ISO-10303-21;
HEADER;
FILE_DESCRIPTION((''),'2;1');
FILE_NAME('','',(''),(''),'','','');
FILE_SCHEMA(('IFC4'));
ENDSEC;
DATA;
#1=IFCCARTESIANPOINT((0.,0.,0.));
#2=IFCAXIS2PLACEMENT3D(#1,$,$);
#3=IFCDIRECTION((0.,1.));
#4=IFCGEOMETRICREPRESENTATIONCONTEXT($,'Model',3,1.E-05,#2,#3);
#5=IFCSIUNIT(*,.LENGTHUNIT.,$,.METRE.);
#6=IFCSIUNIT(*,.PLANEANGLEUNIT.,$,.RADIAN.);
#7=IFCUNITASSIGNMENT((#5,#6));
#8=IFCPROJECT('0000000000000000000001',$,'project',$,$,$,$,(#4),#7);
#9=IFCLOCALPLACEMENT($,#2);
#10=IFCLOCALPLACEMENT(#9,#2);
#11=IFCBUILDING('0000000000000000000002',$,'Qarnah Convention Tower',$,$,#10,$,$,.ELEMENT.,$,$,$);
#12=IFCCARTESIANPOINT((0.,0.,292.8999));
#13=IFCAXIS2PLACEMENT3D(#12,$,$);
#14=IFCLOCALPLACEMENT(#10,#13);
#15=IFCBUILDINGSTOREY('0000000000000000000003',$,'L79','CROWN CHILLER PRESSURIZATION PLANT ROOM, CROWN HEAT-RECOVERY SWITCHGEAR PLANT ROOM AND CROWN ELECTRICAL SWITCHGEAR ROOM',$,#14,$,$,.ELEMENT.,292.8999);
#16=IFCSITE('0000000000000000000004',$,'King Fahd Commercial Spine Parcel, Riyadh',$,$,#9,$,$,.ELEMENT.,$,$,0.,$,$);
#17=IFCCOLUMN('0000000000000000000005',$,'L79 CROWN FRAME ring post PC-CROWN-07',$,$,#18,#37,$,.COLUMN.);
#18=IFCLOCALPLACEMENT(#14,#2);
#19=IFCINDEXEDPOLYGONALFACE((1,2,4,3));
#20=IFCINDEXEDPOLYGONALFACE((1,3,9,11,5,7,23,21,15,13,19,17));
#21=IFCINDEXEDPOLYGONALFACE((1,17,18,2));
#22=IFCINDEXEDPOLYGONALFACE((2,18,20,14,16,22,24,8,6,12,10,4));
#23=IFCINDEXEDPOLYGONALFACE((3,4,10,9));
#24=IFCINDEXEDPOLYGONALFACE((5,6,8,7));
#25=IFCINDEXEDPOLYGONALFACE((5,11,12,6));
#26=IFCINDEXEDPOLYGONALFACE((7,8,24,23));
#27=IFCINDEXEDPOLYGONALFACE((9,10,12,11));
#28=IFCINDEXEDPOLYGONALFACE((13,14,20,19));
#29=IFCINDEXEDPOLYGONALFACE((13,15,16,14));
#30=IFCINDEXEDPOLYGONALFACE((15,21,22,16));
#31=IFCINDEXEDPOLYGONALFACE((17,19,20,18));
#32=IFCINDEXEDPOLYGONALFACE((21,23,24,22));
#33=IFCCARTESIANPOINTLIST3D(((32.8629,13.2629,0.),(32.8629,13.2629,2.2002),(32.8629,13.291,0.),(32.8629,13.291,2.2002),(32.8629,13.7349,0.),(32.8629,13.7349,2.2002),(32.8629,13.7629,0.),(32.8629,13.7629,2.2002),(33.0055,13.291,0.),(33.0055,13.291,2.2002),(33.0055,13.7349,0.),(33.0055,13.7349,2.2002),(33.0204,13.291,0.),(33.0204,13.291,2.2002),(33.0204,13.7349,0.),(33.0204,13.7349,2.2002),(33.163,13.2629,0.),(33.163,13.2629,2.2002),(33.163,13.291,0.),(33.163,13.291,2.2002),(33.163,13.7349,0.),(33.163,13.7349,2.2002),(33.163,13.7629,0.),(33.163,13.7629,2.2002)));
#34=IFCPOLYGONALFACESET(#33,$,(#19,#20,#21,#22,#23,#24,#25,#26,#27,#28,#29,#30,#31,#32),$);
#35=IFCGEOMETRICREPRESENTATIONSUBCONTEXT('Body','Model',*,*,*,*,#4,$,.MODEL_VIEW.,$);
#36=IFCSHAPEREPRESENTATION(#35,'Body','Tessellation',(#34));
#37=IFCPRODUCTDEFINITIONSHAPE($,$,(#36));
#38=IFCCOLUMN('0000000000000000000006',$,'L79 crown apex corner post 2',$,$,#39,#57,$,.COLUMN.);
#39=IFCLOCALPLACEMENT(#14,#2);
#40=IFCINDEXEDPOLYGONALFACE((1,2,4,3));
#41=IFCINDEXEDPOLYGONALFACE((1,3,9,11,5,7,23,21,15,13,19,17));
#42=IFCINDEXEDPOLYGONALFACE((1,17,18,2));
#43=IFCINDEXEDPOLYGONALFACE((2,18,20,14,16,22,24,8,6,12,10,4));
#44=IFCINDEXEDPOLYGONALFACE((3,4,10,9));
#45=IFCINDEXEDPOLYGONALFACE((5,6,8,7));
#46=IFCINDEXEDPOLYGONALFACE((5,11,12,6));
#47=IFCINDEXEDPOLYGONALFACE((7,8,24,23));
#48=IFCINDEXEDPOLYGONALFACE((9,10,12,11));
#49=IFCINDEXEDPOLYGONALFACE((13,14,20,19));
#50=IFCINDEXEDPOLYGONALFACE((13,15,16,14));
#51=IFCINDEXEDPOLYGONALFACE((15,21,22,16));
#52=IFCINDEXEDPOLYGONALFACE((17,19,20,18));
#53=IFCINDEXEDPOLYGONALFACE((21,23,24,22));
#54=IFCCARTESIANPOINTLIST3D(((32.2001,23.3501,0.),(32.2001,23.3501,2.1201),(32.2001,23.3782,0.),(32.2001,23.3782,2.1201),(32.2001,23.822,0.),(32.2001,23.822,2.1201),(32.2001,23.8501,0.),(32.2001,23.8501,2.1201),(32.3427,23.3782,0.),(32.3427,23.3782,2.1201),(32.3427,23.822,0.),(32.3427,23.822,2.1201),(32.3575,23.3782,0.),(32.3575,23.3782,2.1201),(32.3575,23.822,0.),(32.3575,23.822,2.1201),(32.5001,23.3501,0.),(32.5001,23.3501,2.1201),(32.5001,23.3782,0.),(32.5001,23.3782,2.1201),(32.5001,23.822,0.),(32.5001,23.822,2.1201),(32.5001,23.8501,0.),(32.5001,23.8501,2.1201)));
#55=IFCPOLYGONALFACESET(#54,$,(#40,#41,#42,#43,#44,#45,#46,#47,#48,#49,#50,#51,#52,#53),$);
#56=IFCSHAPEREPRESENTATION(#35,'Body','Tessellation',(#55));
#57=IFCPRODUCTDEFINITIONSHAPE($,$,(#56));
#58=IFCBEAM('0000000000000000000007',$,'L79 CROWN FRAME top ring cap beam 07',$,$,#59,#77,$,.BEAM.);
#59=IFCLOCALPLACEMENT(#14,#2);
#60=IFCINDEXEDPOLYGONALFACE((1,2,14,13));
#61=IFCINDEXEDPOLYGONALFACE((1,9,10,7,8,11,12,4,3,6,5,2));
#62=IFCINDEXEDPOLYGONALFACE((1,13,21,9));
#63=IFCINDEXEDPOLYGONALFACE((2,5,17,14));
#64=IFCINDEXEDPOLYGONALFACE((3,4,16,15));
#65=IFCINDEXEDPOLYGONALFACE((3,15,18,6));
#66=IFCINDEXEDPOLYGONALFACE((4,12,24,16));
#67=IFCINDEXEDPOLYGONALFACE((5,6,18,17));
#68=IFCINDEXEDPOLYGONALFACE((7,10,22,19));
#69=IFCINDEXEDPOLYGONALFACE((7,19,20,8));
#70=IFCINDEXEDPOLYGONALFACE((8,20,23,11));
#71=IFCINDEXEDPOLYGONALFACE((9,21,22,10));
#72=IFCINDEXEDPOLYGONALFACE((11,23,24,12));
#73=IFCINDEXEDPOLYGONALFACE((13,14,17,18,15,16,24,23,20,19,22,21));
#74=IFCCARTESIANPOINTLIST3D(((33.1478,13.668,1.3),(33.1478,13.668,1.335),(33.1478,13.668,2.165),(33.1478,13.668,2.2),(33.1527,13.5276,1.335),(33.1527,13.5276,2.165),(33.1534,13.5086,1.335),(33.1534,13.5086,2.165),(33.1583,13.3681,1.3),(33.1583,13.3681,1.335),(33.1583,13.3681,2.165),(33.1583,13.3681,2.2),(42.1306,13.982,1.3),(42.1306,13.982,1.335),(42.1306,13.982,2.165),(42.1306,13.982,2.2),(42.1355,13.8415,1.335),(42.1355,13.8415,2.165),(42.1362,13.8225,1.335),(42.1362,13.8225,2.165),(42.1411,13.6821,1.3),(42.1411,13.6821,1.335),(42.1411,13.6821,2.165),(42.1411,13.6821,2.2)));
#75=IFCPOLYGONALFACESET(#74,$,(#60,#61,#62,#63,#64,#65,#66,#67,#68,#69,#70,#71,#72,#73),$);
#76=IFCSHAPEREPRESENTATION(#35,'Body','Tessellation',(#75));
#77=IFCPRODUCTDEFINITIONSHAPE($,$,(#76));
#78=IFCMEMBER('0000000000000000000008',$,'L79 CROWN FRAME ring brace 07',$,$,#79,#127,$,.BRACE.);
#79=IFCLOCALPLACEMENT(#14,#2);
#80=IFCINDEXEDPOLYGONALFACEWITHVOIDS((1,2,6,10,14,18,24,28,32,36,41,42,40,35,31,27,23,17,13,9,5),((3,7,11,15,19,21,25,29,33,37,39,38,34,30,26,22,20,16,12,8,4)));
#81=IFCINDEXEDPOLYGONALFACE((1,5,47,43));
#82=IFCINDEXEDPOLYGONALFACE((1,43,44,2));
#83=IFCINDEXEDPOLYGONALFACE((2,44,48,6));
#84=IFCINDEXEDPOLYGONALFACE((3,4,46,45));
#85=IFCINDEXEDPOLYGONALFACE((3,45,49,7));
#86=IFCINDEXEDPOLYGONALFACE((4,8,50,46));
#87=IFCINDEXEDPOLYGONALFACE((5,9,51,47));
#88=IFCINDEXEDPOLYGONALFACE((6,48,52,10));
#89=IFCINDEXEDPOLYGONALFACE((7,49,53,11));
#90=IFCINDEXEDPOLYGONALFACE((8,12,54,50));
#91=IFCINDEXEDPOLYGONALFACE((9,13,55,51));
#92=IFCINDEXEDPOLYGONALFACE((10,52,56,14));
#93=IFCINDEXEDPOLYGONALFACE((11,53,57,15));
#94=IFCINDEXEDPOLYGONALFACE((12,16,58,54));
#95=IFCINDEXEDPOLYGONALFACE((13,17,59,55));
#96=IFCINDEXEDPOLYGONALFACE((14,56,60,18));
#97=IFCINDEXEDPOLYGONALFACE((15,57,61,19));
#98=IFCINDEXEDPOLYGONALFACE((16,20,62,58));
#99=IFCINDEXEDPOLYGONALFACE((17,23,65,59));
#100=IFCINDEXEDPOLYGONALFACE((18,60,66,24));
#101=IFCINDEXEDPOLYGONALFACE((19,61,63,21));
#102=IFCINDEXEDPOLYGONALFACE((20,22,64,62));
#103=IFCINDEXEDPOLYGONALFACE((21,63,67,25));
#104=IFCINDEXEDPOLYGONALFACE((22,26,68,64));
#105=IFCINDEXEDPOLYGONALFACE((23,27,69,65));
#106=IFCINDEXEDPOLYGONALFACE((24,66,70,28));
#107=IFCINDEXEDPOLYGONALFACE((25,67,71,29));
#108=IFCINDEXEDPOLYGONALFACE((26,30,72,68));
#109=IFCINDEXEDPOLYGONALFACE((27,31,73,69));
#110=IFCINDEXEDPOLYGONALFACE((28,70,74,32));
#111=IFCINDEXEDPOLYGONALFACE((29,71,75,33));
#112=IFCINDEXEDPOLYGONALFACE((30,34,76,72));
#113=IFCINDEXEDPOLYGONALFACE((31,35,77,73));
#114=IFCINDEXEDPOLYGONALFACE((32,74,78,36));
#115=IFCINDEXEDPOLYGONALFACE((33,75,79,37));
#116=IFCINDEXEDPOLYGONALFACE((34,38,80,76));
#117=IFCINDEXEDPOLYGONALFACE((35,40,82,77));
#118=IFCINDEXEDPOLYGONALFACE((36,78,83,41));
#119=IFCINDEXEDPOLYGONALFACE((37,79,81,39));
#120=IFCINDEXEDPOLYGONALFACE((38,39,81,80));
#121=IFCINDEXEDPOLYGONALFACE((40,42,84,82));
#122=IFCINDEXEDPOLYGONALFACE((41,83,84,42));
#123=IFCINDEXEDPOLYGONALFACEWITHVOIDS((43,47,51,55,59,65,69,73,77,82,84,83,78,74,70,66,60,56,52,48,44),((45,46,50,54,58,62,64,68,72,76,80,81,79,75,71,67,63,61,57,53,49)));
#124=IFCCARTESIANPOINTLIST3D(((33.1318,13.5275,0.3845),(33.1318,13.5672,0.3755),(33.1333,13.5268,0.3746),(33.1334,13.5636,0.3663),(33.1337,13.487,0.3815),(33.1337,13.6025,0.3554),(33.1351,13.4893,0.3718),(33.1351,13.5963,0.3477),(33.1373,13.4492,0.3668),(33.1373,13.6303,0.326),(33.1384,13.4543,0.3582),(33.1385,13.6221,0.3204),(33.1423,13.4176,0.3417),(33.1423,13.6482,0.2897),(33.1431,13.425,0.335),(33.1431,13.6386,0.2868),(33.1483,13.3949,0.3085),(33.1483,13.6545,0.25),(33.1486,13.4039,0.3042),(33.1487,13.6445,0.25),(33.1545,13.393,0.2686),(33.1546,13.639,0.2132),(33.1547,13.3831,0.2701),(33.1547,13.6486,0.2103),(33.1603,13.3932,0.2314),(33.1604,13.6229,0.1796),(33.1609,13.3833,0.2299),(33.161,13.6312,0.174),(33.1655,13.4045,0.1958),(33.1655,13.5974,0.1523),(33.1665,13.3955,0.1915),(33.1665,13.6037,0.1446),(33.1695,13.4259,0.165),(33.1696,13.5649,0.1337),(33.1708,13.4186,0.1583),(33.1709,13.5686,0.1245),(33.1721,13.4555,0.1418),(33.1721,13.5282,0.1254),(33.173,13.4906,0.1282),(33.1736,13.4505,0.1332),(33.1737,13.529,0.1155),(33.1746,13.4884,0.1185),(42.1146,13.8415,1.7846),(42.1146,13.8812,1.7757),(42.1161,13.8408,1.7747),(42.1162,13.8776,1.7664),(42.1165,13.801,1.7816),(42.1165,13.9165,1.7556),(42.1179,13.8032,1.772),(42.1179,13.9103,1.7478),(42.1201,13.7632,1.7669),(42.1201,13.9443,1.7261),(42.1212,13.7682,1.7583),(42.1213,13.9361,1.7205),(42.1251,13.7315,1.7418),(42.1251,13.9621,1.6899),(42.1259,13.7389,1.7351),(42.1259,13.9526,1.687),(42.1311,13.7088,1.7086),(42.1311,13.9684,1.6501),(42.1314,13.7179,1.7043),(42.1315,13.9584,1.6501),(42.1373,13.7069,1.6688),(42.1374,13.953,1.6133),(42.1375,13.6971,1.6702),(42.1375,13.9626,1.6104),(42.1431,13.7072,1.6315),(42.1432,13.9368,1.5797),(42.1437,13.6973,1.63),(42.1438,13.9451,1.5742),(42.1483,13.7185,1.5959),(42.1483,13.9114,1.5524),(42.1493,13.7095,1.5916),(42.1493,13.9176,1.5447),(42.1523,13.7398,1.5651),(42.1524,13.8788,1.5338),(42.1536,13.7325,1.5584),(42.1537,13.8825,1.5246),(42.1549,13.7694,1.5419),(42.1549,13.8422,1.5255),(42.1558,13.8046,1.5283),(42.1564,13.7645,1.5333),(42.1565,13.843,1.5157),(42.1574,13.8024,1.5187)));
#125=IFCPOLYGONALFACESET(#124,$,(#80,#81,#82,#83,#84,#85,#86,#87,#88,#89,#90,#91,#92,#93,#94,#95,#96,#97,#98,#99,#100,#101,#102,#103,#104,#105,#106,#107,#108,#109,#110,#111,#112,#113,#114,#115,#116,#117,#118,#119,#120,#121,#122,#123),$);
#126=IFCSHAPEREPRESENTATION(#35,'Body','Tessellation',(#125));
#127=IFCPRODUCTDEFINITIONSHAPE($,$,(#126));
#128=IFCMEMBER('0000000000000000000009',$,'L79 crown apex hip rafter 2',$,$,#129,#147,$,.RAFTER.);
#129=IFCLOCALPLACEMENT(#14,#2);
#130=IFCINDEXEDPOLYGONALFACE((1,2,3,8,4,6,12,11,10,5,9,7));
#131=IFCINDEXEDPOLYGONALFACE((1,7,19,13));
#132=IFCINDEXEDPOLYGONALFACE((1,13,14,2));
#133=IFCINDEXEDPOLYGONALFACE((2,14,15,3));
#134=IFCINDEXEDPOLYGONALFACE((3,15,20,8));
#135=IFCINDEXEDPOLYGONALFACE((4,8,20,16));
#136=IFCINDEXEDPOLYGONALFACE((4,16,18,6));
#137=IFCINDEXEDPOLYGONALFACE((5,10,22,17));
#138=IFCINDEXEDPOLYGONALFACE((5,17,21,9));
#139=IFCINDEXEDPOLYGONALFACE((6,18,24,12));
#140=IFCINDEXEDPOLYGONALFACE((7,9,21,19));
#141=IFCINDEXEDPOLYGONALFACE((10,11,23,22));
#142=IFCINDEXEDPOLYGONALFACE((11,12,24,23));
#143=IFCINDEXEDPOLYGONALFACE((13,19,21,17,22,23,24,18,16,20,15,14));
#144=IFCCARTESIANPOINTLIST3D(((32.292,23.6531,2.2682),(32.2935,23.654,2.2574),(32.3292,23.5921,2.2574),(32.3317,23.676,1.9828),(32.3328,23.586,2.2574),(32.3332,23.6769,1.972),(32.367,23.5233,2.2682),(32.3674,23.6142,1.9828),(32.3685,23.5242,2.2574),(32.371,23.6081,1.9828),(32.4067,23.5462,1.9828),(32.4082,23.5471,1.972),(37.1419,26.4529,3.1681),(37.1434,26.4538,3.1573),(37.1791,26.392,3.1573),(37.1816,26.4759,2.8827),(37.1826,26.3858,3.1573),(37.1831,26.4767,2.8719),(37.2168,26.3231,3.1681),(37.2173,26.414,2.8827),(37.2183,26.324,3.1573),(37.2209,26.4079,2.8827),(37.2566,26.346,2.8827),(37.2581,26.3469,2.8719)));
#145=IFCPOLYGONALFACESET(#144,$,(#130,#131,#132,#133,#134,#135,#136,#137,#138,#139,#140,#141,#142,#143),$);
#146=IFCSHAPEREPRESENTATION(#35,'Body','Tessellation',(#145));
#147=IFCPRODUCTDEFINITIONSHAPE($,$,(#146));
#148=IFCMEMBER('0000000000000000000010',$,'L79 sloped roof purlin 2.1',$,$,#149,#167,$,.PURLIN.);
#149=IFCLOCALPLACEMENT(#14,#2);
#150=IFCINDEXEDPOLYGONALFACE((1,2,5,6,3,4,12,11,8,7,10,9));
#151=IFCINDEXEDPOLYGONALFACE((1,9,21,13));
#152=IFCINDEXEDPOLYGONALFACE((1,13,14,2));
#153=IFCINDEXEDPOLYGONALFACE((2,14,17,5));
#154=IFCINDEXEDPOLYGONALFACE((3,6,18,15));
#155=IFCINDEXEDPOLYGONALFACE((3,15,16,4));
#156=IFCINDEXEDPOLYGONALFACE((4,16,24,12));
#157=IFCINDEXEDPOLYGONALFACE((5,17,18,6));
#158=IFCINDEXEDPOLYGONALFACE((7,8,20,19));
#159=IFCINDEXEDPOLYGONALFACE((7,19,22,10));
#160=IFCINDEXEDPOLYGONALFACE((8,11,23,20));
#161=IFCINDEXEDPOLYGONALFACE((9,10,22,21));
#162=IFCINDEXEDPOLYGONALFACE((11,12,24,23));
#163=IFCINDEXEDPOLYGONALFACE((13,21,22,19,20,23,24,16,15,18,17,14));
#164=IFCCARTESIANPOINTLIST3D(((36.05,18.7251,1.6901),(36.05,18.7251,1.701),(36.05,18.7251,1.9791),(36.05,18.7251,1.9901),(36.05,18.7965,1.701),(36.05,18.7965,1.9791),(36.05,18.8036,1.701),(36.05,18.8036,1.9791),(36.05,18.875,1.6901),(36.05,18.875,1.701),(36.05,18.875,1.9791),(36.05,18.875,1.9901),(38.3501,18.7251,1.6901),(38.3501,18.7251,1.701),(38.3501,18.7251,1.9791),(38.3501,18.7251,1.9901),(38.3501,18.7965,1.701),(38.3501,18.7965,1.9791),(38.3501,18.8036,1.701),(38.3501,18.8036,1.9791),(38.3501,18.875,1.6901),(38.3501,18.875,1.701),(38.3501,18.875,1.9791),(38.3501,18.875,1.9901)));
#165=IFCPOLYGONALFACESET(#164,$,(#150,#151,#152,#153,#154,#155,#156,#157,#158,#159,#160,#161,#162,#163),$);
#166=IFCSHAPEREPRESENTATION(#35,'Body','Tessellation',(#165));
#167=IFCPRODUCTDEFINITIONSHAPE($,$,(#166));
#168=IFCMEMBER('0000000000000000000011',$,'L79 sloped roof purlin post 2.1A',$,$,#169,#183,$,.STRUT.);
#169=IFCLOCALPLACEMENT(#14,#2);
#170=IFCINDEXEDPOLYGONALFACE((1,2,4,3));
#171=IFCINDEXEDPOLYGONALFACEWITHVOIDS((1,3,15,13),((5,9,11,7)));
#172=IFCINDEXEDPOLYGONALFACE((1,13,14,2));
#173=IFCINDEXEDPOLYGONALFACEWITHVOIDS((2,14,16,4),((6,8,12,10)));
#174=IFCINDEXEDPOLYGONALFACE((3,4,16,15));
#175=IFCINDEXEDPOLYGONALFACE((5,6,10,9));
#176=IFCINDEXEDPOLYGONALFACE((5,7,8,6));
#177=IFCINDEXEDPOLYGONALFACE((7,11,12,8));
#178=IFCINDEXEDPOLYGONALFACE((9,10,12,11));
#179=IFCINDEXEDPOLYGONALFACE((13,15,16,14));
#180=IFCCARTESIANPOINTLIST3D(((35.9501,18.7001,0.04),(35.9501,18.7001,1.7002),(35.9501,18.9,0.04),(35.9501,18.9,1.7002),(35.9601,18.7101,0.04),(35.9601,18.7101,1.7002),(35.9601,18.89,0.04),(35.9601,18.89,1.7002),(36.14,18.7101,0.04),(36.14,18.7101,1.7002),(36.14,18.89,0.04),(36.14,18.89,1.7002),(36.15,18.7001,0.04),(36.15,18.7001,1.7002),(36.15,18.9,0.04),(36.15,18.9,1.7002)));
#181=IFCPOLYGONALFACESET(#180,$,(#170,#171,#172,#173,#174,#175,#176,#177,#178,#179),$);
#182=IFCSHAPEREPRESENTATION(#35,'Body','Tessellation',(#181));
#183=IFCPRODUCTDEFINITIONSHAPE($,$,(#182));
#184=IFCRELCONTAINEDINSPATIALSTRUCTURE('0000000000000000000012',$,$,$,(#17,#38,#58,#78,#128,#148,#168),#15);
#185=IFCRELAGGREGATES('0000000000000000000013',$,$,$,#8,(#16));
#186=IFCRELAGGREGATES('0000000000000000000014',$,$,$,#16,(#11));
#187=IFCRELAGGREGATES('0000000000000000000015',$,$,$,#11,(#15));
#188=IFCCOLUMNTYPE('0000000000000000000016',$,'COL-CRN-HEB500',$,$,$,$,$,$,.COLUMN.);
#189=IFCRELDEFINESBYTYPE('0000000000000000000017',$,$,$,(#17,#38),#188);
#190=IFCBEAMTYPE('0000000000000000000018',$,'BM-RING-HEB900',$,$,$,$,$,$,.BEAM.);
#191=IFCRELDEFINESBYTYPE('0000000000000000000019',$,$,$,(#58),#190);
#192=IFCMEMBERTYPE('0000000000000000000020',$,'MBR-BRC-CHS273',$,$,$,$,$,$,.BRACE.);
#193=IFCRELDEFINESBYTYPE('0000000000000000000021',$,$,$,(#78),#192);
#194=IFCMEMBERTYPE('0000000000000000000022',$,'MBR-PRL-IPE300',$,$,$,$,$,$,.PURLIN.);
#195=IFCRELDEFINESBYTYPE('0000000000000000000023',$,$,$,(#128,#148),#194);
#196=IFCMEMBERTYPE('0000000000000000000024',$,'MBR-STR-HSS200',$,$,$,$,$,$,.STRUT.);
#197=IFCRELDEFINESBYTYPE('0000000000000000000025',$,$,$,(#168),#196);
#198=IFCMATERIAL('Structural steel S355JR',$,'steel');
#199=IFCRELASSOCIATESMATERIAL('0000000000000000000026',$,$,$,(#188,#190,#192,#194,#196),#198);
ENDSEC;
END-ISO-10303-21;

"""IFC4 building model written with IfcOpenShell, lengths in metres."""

from ifc_helpers import new_model, si_unit, direction, frame, origin, origin_2d, place, context, subcontext, project, spatial, hollow_rectangle, hollow_circle, i_section, extrude, material, material_profile, profile_set, type_object, element, save


model = new_model("IFC4")

# Units and contexts
model_context = context("Model", 3, precision=1e-05, world=origin(), true_north=direction((0.0, 1.0)))
body_context = subcontext(model_context, "Body", "Model", "MODEL_VIEW")
ifc_project = project(units=[si_unit("LENGTHUNIT", "METRE"), si_unit("PLANEANGLEUNIT", "RADIAN")], contexts=[model_context])

# Site, building, storey
site_placement = place(None, origin())
site = spatial("IfcSite", under=ifc_project, at=site_placement, Name="King Fahd Commercial Spine Parcel, Riyadh", CompositionType="ELEMENT", RefElevation=0.0)
building_placement = place(site_placement, origin())
building = spatial("IfcBuilding", under=site, at=building_placement, Name="Qarnah Convention Tower", CompositionType="ELEMENT")
storey_placement = place(building_placement, frame((0.0, 0.0, 292.8999)))
storey = spatial("IfcBuildingStorey", under=building, at=storey_placement, Name="L79", Description="CROWN CHILLER PRESSURIZATION PLANT ROOM, CROWN HEAT-RECOVERY SWITCHGEAR PLANT ROOM AND CROWN ELECTRICAL SWITCHGEAR ROOM", CompositionType="ELEMENT", Elevation=292.8999)

# Columns
ifc_material_1 = material(Name="Structural steel S355JR", Category="steel")
ifc_material_profile_1 = material_profile(ifc_material_1, i_section(OverallWidth=0.3, OverallDepth=0.5, WebThickness=0.0149, FlangeThickness=0.0281, at=origin_2d()), Name="HEB500")
ifc_profile_set_1 = profile_set([ifc_material_profile_1], Name="Structural steel S355JR")
column_type = type_object("IfcColumnType", Name="COL-CRN-HEB500", PredefinedType="COLUMN", material=ifc_profile_set_1)
column_1_placement = place(storey_placement, frame((33.0129, 13.5129, 0.0), z_axis=(0.0, 0.0, 1.0), x_axis=(1.0, 0.0, 0.0)))
element("IfcColumn", 1, at=column_1_placement, inside=storey, type_object=column_type, Name="L79 CROWN FRAME ring post PC-CROWN-07", PredefinedType="COLUMN", context=body_context, shape_type="SweptSolid", body=[
    extrude(i_section(OverallWidth=0.3, OverallDepth=0.5, WebThickness=0.0149, FlangeThickness=0.0281, at=origin_2d()), origin(), (0.0, 0.0, 1.0), 2.2002),
])
column_2_placement = place(storey_placement, frame((32.3501, 23.6001, 0.0), z_axis=(0.0, 0.0, 1.0), x_axis=(1.0, 0.0, 0.0)))
element("IfcColumn", 2, at=column_2_placement, inside=storey, type_object=column_type, Name="L79 crown apex corner post 2", PredefinedType="COLUMN", context=body_context, shape_type="SweptSolid", body=[
    extrude(i_section(OverallWidth=0.3, OverallDepth=0.5, WebThickness=0.0149, FlangeThickness=0.0281, at=origin_2d()), origin(), (0.0, 0.0, 1.0), 2.1201),
])

# Beam
ifc_material_profile_2 = material_profile(ifc_material_1, i_section(OverallWidth=0.3, OverallDepth=0.8999, WebThickness=0.019, FlangeThickness=0.0349, at=origin_2d()), Name="HEB900")
ifc_profile_set_2 = profile_set([ifc_material_profile_2], Name="Structural steel S355JR")
beam_type = type_object("IfcBeamType", Name="BM-RING-HEB900", PredefinedType="BEAM", material=ifc_profile_set_2)
beam_placement = place(storey_placement, frame((33.1531, 13.5181, 1.75), z_axis=(0.99939, 0.03493, 0.0), x_axis=(-0.03493, 0.99939, 0.0)))
element("IfcBeam", 3, at=beam_placement, inside=storey, type_object=beam_type, Name="L79 CROWN FRAME top ring cap beam 07", PredefinedType="BEAM", context=body_context, shape_type="SweptSolid", body=[
    extrude(i_section(OverallWidth=0.3, OverallDepth=0.8999, WebThickness=0.019, FlangeThickness=0.0349, at=origin_2d()), origin(), (0.0, 0.0, 1.0), 8.9883),
])

# Members
ifc_material_profile_3 = material_profile(ifc_material_1, hollow_circle(Radius=0.1365, WallThickness=0.01, at=origin_2d()), Name="CHS273X10")
ifc_profile_set_3 = profile_set([ifc_material_profile_3], Name="Structural steel S355JR")
member_type_1 = type_object("IfcMemberType", Name="MBR-BRC-CHS273", PredefinedType="BRACE", material=ifc_profile_set_3)
member_1_placement = place(storey_placement, frame((33.1531, 13.5181, 0.25), z_axis=(0.987481, 0.034514, 0.153916), x_axis=(-0.03493, 0.99939, 0.0)))
element("IfcMember", 4, at=member_1_placement, inside=storey, type_object=member_type_1, Name="L79 CROWN FRAME ring brace 07", PredefinedType="BRACE", context=body_context, shape_type="SweptSolid", body=[
    extrude(hollow_circle(Radius=0.1365, WallThickness=0.01, at=origin_2d()), origin(), (0.0, 0.0, 1.0), 9.0967),
])
ifc_material_profile_4 = material_profile(ifc_material_1, i_section(OverallWidth=0.1499, OverallDepth=0.3, WebThickness=0.0071, FlangeThickness=0.011, at=origin_2d()), Name="IPE300")
ifc_profile_set_4 = profile_set([ifc_material_profile_4], Name="Structural steel S355JR")
member_type_2 = type_object("IfcMemberType", Name="MBR-PRL-IPE300", PredefinedType="PURLIN", material=ifc_profile_set_4)
member_2_placement = place(storey_placement, frame((32.3501, 23.6001, 2.1201), z_axis=(0.855075, 0.493632, 0.158661), x_axis=(-0.499965, 0.866045, 0.0)))
element("IfcMember", 5, at=member_2_placement, inside=storey, type_object=member_type_2, Name="L79 crown apex hip rafter 2", PredefinedType="RAFTER", context=body_context, shape_type="SweptSolid", body=[
    extrude(i_section(OverallWidth=0.1499, OverallDepth=0.3, WebThickness=0.0071, FlangeThickness=0.011, at=origin_2d()), origin(), (0.0, 0.0, 1.0), 5.6719),
])
member_3_placement = place(storey_placement, frame((36.05, 18.8, 1.8401), z_axis=(1.0, 0.0, 0.0), x_axis=(0.0, 1.0, 0.0)))
element("IfcMember", 6, at=member_3_placement, inside=storey, type_object=member_type_2, Name="L79 sloped roof purlin 2.1", PredefinedType="PURLIN", context=body_context, shape_type="SweptSolid", body=[
    extrude(i_section(OverallWidth=0.1499, OverallDepth=0.3, WebThickness=0.0071, FlangeThickness=0.011, at=origin_2d()), origin(), (0.0, 0.0, 1.0), 2.3),
])
ifc_material_profile_5 = material_profile(ifc_material_1, hollow_rectangle(XDim=0.2, YDim=0.2, WallThickness=0.01, at=origin_2d()), Name="HSS200X200X10")
ifc_profile_set_5 = profile_set([ifc_material_profile_5], Name="Structural steel S355JR")
member_type_3 = type_object("IfcMemberType", Name="MBR-STR-HSS200", PredefinedType="STRUT", material=ifc_profile_set_5)
member_4_placement = place(storey_placement, frame((36.05, 18.8, 0.04), z_axis=(0.0, 0.0, 1.0), x_axis=(1.0, 0.0, 0.0)))
element("IfcMember", 7, at=member_4_placement, inside=storey, type_object=member_type_3, Name="L79 sloped roof purlin post 2.1A", PredefinedType="STRUT", context=body_context, shape_type="SweptSolid", body=[
    extrude(hollow_rectangle(XDim=0.2, YDim=0.2, WallThickness=0.01, at=origin_2d()), origin(), (0.0, 0.0, 1.0), 1.6602),
])

save(model, "model.ifc")
